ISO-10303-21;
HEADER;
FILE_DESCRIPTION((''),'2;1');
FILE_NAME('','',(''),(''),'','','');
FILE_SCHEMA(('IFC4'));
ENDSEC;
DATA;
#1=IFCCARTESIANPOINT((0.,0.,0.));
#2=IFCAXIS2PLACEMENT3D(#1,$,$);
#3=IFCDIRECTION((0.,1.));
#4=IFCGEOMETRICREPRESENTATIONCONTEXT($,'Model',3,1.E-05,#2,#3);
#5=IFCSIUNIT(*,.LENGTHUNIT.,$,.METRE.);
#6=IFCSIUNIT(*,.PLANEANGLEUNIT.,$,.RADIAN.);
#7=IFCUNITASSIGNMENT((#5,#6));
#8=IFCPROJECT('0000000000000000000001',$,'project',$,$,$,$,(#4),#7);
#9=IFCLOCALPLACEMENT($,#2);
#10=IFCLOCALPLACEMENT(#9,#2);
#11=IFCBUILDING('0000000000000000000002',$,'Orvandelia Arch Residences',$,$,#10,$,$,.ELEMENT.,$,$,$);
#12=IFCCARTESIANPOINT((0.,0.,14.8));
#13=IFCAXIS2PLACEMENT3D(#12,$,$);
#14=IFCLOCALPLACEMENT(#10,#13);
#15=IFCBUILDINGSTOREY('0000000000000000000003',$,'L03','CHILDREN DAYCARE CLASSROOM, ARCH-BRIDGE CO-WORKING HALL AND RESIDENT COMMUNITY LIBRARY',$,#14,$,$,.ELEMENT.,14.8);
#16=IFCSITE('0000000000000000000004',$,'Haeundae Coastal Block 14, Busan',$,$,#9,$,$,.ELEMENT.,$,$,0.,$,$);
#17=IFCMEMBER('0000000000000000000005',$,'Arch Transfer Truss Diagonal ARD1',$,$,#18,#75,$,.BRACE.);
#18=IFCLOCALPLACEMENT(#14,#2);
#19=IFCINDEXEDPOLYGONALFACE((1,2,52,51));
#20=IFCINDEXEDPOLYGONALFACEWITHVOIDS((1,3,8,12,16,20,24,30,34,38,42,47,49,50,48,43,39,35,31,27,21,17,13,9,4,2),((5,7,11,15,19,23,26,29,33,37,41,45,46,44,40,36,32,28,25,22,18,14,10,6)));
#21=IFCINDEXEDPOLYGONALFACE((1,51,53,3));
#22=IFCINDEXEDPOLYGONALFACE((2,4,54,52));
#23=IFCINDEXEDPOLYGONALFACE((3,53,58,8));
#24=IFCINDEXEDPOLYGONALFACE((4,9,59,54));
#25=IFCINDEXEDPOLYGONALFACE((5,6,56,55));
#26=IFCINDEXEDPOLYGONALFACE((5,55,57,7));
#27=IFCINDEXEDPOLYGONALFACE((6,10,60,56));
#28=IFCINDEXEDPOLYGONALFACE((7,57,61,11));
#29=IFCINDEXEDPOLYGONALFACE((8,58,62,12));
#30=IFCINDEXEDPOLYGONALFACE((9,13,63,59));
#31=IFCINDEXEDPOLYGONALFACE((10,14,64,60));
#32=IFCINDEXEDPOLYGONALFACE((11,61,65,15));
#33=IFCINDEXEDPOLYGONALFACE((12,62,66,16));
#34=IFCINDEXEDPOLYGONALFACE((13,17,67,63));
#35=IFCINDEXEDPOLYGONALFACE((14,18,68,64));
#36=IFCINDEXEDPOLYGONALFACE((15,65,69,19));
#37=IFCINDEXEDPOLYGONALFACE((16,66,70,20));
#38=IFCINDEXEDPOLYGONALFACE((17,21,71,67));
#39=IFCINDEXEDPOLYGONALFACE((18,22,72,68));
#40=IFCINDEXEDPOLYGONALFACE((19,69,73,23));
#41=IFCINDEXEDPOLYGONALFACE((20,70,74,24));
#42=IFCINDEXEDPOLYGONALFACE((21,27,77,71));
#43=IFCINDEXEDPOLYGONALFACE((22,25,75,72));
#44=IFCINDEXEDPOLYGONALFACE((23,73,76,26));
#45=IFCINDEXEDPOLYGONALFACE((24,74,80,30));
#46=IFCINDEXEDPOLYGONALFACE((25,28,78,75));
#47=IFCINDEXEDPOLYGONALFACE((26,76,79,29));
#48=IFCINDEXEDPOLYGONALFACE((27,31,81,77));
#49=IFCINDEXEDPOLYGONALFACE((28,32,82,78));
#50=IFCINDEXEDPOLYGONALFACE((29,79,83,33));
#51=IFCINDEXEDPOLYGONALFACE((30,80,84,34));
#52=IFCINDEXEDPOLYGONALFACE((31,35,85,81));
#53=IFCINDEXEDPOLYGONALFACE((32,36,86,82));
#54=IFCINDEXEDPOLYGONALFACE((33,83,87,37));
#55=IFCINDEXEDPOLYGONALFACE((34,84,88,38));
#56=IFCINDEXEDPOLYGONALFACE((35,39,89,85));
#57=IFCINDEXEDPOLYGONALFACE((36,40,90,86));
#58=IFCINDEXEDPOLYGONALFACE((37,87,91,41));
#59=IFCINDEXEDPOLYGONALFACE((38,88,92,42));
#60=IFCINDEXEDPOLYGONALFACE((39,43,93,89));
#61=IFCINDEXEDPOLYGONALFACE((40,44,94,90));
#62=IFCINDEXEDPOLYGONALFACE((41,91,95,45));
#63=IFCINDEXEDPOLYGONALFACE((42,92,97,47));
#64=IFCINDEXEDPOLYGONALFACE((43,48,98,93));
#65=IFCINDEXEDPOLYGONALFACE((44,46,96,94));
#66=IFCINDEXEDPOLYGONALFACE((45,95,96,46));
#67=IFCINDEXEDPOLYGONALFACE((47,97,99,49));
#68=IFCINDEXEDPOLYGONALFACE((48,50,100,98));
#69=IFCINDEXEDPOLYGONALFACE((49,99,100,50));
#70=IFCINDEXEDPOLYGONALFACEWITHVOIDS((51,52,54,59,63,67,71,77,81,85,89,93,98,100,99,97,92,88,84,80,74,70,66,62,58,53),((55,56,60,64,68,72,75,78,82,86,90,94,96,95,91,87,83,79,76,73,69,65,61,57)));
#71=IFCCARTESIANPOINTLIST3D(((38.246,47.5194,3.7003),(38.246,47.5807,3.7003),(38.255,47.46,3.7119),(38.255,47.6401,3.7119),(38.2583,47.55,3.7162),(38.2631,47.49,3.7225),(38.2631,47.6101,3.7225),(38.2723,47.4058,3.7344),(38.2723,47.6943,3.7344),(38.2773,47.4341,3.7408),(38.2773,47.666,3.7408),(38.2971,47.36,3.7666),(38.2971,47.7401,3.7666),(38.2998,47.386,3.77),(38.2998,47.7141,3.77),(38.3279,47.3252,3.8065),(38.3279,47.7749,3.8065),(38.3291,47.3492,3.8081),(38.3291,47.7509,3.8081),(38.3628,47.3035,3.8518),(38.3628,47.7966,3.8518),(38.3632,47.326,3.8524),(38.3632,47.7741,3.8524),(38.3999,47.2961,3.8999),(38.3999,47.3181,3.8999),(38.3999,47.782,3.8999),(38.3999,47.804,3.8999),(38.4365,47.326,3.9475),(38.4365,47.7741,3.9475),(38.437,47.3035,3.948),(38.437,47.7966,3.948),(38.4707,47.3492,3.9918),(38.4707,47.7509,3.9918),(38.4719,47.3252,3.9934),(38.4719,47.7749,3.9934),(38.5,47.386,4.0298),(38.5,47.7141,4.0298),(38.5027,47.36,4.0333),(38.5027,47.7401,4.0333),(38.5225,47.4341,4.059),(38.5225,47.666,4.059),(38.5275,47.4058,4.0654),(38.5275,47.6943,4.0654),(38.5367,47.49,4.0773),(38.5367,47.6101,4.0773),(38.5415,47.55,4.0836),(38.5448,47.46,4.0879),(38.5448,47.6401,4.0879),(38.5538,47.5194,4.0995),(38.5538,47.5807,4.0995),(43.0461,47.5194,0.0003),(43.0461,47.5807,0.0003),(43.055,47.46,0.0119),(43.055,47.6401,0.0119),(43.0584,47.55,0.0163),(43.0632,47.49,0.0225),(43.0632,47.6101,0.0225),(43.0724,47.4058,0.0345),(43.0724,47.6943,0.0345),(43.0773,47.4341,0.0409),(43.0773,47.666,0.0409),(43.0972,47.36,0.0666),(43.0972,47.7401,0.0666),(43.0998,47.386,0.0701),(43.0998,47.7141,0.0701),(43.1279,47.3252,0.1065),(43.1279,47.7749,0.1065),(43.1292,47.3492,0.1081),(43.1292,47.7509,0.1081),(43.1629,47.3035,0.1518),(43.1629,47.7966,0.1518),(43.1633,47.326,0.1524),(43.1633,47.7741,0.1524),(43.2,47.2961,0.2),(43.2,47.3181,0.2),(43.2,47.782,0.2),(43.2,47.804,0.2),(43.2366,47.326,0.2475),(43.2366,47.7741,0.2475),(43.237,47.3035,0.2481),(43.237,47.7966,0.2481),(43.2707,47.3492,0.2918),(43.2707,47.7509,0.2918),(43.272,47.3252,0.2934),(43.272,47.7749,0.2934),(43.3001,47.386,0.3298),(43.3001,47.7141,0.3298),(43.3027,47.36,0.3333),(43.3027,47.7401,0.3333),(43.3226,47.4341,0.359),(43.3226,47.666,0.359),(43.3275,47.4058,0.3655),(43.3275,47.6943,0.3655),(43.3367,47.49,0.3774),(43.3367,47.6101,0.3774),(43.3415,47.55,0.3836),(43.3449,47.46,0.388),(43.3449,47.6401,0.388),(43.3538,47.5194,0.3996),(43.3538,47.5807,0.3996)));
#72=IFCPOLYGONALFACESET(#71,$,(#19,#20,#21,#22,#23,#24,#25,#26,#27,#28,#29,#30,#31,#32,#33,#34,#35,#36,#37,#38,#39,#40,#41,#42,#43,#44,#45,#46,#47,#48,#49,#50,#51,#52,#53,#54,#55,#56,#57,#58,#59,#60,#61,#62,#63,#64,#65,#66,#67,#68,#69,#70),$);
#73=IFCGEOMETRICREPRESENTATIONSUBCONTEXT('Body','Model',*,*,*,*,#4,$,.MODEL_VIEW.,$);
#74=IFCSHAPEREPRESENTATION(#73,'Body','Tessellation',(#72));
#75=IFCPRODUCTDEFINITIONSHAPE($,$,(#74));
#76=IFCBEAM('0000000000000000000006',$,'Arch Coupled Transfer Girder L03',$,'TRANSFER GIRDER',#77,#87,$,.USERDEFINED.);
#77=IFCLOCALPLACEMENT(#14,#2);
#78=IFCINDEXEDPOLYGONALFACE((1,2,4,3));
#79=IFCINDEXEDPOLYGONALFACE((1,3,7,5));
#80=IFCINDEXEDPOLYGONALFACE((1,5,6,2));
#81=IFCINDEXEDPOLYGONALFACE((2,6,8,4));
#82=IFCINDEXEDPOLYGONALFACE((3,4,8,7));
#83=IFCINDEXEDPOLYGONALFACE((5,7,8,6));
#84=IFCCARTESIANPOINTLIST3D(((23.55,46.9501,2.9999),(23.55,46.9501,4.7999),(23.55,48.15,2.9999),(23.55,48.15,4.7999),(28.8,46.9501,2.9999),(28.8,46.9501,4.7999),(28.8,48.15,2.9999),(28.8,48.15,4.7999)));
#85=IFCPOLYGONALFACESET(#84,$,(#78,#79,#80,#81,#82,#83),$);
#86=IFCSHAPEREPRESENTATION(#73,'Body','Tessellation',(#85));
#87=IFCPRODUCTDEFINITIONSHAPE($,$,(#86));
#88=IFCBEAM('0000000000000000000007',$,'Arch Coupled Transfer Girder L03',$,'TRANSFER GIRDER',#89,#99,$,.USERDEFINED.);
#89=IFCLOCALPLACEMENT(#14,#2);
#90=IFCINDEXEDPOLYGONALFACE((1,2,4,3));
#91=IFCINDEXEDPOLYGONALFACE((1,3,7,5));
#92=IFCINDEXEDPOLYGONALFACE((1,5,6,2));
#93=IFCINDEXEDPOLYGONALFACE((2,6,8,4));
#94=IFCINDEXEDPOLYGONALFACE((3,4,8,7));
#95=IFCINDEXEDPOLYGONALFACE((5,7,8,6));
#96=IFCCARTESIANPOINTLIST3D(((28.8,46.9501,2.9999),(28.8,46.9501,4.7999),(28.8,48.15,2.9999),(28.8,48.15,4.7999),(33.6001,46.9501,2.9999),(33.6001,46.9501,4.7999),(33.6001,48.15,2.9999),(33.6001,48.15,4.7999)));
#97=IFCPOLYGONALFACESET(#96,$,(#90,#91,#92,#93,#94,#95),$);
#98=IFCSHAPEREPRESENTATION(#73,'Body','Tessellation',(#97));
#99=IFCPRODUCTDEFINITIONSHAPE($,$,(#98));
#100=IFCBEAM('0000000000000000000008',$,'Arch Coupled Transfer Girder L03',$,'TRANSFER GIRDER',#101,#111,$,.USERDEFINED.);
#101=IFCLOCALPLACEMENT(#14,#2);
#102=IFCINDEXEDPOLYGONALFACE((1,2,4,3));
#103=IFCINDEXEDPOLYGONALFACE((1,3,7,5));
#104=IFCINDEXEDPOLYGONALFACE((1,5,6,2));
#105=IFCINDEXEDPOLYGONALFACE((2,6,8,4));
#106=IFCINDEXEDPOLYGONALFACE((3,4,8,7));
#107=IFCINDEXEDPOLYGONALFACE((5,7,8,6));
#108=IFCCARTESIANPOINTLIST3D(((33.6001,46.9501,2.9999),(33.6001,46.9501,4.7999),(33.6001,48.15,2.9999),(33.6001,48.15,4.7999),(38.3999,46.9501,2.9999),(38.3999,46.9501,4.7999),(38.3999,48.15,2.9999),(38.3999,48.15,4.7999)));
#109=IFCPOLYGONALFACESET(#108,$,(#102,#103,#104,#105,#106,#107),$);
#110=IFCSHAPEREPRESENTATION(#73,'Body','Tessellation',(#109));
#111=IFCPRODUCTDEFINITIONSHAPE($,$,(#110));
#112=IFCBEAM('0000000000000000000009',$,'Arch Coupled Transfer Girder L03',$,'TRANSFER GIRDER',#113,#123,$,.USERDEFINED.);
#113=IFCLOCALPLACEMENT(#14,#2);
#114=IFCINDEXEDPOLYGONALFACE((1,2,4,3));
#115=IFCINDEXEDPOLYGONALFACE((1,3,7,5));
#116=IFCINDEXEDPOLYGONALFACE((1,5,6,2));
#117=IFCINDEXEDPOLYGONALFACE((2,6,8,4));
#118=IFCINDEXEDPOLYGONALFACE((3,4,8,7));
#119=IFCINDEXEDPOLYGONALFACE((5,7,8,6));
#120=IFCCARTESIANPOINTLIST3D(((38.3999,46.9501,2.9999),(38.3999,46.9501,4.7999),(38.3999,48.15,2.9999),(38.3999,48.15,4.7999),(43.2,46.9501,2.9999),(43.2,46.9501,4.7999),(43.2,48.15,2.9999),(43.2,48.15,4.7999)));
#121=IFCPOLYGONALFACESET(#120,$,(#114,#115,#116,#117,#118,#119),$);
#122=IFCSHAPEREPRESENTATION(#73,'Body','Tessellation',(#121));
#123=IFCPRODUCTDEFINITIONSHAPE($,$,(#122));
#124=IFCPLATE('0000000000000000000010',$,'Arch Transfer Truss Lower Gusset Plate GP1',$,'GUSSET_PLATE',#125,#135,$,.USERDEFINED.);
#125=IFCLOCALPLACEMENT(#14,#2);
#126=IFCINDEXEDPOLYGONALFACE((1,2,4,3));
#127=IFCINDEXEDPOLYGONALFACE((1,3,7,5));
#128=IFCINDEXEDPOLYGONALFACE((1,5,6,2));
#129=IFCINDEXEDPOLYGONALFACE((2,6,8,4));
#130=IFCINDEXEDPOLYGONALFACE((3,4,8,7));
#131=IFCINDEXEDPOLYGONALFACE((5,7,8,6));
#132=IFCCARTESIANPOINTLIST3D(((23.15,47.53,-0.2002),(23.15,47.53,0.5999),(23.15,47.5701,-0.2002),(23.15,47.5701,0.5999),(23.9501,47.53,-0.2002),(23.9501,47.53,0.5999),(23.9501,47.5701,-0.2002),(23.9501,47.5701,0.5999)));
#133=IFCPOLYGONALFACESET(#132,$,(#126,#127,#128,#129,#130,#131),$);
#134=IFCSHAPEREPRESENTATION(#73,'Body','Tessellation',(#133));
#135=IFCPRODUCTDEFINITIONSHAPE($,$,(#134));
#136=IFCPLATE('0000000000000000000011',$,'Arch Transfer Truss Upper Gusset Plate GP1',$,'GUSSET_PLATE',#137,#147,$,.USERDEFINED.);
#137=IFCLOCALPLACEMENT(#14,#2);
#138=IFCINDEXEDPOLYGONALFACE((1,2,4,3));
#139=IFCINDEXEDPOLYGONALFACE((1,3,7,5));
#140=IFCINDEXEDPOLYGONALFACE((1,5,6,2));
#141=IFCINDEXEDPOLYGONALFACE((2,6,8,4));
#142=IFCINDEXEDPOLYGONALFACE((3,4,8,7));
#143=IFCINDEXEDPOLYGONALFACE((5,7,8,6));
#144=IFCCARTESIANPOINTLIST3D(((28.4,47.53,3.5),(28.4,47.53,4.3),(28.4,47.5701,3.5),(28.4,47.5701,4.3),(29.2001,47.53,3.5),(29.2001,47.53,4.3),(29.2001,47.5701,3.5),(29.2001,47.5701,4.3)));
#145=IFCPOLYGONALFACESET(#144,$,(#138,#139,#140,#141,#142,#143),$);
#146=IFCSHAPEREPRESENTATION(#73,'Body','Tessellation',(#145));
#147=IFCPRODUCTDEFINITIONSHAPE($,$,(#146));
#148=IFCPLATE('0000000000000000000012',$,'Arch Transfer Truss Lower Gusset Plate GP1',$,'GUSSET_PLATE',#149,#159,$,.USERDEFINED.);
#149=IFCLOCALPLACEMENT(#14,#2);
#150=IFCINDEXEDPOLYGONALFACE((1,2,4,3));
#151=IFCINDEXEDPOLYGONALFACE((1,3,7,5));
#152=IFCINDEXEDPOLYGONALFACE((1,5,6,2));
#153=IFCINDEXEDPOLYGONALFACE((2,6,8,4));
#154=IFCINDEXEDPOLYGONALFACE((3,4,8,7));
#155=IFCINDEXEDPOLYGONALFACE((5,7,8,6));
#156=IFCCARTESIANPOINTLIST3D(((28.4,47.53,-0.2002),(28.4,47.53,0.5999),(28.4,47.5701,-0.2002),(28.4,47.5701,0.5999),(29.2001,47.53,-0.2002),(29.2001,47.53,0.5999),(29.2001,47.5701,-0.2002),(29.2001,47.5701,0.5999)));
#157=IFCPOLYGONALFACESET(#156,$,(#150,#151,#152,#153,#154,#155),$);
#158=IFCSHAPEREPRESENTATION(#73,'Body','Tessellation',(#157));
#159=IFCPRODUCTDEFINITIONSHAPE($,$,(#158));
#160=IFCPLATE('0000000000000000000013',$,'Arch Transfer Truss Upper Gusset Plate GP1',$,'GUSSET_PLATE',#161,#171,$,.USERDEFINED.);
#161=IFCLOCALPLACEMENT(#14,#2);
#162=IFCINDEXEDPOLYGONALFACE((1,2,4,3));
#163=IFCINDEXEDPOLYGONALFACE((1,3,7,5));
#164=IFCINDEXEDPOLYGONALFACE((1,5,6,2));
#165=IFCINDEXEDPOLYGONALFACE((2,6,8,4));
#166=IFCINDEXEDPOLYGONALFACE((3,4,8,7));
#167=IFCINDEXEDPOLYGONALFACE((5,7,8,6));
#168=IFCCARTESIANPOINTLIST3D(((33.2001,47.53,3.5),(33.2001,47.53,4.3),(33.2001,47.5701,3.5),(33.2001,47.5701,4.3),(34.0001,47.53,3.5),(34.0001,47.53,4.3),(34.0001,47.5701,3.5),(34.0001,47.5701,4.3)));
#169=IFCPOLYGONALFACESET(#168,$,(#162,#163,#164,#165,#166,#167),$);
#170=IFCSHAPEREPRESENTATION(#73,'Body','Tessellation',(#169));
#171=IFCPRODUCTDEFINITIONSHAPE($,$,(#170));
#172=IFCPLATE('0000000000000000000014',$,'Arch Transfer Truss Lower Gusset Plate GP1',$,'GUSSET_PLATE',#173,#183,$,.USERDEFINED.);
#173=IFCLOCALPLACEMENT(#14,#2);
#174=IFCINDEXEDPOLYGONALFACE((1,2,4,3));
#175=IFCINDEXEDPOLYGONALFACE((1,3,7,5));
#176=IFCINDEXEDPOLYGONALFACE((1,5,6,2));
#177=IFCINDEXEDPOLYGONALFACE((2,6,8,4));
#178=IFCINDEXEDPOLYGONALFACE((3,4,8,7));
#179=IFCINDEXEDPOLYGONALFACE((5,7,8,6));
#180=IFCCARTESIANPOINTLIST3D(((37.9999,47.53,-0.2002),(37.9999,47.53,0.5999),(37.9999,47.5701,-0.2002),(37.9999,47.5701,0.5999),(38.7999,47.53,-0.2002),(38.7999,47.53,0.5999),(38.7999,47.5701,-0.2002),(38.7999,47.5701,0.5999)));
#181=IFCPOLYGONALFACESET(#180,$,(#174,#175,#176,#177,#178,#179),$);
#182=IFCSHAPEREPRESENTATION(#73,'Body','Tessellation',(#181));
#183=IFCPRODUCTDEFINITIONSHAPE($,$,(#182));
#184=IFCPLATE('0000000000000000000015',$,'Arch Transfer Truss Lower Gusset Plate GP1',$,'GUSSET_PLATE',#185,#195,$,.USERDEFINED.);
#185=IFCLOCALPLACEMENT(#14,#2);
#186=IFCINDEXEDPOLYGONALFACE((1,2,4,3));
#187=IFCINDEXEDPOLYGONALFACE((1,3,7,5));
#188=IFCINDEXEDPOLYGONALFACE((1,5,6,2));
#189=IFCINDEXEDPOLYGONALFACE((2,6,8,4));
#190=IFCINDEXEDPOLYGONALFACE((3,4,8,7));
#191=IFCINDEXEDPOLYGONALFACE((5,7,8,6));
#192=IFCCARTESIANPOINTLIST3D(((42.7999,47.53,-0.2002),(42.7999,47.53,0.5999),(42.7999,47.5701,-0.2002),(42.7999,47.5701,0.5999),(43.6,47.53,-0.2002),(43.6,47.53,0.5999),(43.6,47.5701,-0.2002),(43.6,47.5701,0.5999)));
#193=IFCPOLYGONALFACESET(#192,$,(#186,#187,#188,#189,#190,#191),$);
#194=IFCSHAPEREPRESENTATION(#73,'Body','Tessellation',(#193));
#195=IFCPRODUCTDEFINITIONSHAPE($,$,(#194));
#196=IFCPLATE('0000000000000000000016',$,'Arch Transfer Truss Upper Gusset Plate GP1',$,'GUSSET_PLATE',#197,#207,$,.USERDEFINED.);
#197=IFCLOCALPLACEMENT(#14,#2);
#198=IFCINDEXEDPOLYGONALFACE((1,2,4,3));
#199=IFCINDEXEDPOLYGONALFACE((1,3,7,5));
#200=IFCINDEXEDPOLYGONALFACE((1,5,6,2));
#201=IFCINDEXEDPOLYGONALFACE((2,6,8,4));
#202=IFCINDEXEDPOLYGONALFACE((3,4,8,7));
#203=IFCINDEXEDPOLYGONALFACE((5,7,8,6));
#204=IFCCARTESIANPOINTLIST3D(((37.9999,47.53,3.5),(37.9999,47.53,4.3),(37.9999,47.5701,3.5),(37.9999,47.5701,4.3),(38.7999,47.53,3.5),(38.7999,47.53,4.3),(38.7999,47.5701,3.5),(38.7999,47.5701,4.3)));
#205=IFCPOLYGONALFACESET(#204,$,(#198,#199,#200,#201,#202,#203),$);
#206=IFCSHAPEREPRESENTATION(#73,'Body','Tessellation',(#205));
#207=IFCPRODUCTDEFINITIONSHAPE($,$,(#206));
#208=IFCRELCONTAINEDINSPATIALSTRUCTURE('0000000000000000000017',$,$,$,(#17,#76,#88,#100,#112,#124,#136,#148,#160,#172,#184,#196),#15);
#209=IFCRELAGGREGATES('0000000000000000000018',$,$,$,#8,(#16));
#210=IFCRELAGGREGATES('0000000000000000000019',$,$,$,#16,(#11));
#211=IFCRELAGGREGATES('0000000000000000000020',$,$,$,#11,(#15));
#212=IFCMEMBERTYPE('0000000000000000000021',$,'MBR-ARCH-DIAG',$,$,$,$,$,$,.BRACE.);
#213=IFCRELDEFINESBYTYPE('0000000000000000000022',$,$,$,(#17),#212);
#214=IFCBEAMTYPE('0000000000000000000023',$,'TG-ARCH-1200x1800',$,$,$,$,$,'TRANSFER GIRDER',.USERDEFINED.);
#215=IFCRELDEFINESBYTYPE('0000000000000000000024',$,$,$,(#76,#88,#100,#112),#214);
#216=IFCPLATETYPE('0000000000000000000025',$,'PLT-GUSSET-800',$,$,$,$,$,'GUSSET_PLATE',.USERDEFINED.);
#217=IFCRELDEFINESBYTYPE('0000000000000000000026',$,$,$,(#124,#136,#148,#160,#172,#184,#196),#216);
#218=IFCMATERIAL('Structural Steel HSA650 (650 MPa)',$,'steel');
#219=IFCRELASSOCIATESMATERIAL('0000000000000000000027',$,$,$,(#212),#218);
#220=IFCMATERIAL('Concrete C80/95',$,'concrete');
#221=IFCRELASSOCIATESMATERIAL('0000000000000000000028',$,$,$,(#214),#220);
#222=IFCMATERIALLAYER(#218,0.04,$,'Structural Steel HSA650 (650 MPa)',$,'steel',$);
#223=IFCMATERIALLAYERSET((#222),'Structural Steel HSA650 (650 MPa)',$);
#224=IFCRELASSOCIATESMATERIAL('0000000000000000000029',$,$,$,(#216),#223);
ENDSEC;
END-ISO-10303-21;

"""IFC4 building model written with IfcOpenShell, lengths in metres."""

from ifc_helpers import new_model, si_unit, direction, frame, origin, origin_2d, place, context, subcontext, project, spatial, rectangle, hollow_circle, extrude, material, layer, layer_set, material_profile, profile_set, type_object, element, save


model = new_model("IFC4")

# Units and contexts
model_context = context("Model", 3, precision=1e-05, world=origin(), true_north=direction((0.0, 1.0)))
body_context = subcontext(model_context, "Body", "Model", "MODEL_VIEW")
ifc_project = project(units=[si_unit("LENGTHUNIT", "METRE"), si_unit("PLANEANGLEUNIT", "RADIAN")], contexts=[model_context])

# Site, building, storey
site_placement = place(None, origin())
site = spatial("IfcSite", under=ifc_project, at=site_placement, Name="Haeundae Coastal Block 14, Busan", CompositionType="ELEMENT", RefElevation=0.0)
building_placement = place(site_placement, origin())
building = spatial("IfcBuilding", under=site, at=building_placement, Name="Orvandelia Arch Residences", CompositionType="ELEMENT")
storey_placement = place(building_placement, frame((0.0, 0.0, 14.8)))
storey = spatial("IfcBuildingStorey", under=building, at=storey_placement, Name="L03", Description="CHILDREN DAYCARE CLASSROOM, ARCH-BRIDGE CO-WORKING HALL AND RESIDENT COMMUNITY LIBRARY", CompositionType="ELEMENT", Elevation=14.8)

# Shared definitions
ifc_material_1 = material(Name="Concrete C80/95", Category="concrete")
ifc_material_2 = material(Name="Structural Steel HSA650 (650 MPa)", Category="steel")

# Member
ifc_material_profile_1 = material_profile(ifc_material_2, hollow_circle(Radius=0.2539, WallThickness=0.022, at=origin_2d()), Name="Structural Steel HSA650 (650 MPa)", Category="steel")
ifc_profile_set_1 = profile_set([ifc_material_profile_1], Name="Structural Steel HSA650 (650 MPa)")
member_type = type_object("IfcMemberType", Name="MBR-ARCH-DIAG", PredefinedType="BRACE", material=ifc_profile_set_1)
member_1_placement = place(storey_placement, frame((43.2, 47.55, 0.2), z_axis=(-0.792017, 0.0, 0.610499), x_axis=(0.0, -1.0, 0.0)))
element("IfcMember", 1, at=member_1_placement, inside=storey, type_object=member_type, Name="Arch Transfer Truss Diagonal ARD1", PredefinedType="BRACE", context=body_context, shape_type="SweptSolid", body=[
    extrude(hollow_circle(Radius=0.2539, WallThickness=0.022, at=origin_2d()), origin(), (0.0, 0.0, 1.0), 6.0605),
])

# Beams
ifc_material_profile_2 = material_profile(ifc_material_1, rectangle(XDim=1.2, YDim=1.8, at=origin_2d()), Name="Concrete C80/95", Category="concrete")
ifc_profile_set_2 = profile_set([ifc_material_profile_2], Name="Concrete C80/95")
beam_type_1 = type_object("IfcBeamType", Name="TG-ARCH-1200x1800", ElementType="TRANSFER GIRDER", PredefinedType="USERDEFINED", material=ifc_profile_set_2)
beam_1_placement = place(storey_placement, frame((23.55, 47.55, 3.8999), z_axis=(1.0, 0.0, 0.0), x_axis=(0.0, 1.0, 0.0)))
element("IfcBeam", 2, at=beam_1_placement, inside=storey, type_object=beam_type_1, Name="Arch Coupled Transfer Girder L03", ObjectType="TRANSFER GIRDER", PredefinedType="USERDEFINED", context=body_context, shape_type="SweptSolid", body=[
    extrude(rectangle(XDim=1.2, YDim=1.8, at=origin_2d()), origin(), (0.0, 0.0, 1.0), 5.25),
])
beam_2_placement = place(storey_placement, frame((28.8, 47.55, 3.8999), z_axis=(1.0, 0.0, 0.0), x_axis=(0.0, 1.0, 0.0)))
element("IfcBeam", 3, at=beam_2_placement, inside=storey, type_object=beam_type_1, Name="Arch Coupled Transfer Girder L03", ObjectType="TRANSFER GIRDER", PredefinedType="USERDEFINED", context=body_context, shape_type="SweptSolid", body=[
    extrude(rectangle(XDim=1.2, YDim=1.8, at=origin_2d()), origin(), (0.0, 0.0, 1.0), 4.8),
])
beam_3_placement = place(storey_placement, frame((33.6001, 47.55, 3.8999), z_axis=(1.0, 0.0, 0.0), x_axis=(0.0, 1.0, 0.0)))
element("IfcBeam", 4, at=beam_3_placement, inside=storey, type_object=beam_type_1, Name="Arch Coupled Transfer Girder L03", ObjectType="TRANSFER GIRDER", PredefinedType="USERDEFINED", context=body_context, shape_type="SweptSolid", body=[
    extrude(rectangle(XDim=1.2, YDim=1.8, at=origin_2d()), origin(), (0.0, 0.0, 1.0), 4.7998),
])
beam_4_placement = place(storey_placement, frame((38.3999, 47.55, 3.8999), z_axis=(1.0, 0.0, 0.0), x_axis=(0.0, 1.0, 0.0)))
element("IfcBeam", 5, at=beam_4_placement, inside=storey, type_object=beam_type_1, Name="Arch Coupled Transfer Girder L03", ObjectType="TRANSFER GIRDER", PredefinedType="USERDEFINED", context=body_context, shape_type="SweptSolid", body=[
    extrude(rectangle(XDim=1.2, YDim=1.8, at=origin_2d()), origin(), (0.0, 0.0, 1.0), 4.8),
])

# Plates
ifc_layer_1 = layer(ifc_material_2, 0.04, Name="Structural Steel HSA650 (650 MPa)", Category="steel")
ifc_layer_set_1 = layer_set([ifc_layer_1], Name="Structural Steel HSA650 (650 MPa)")
plate_type = type_object("IfcPlateType", Name="PLT-GUSSET-800", ElementType="GUSSET_PLATE", PredefinedType="USERDEFINED", material=ifc_layer_set_1)
for number, where, z_axis, x_axis, name in (
    (6, (23.55, 47.55, -0.2002), (0.0, 0.0, 1.0), (1.0, 0.0, 0.0), "Arch Transfer Truss Lower Gusset Plate GP1"),
    (7, (28.8, 47.55, 3.5), (0.0, 0.0, 1.0), (1.0, 0.0, 0.0), "Arch Transfer Truss Upper Gusset Plate GP1"),
    (8, (28.8, 47.55, -0.2002), (0.0, 0.0, 1.0), (1.0, 0.0, 0.0), "Arch Transfer Truss Lower Gusset Plate GP1"),
    (9, (33.6001, 47.55, 3.5), (0.0, 0.0, 1.0), (1.0, 0.0, 0.0), "Arch Transfer Truss Upper Gusset Plate GP1"),
    (10, (38.3999, 47.55, -0.2002), (0.0, 0.0, 1.0), (1.0, 0.0, 0.0), "Arch Transfer Truss Lower Gusset Plate GP1"),
    (11, (43.2, 47.55, -0.2002), (0.0, 0.0, 1.0), (1.0, 0.0, 0.0), "Arch Transfer Truss Lower Gusset Plate GP1"),
    (12, (38.3999, 47.55, 3.5), (0.0, 0.0, 1.0), (1.0, 0.0, 0.0), "Arch Transfer Truss Upper Gusset Plate GP1"),
):
    element("IfcPlate", number, at=place(storey_placement, frame(where, z_axis=z_axis, x_axis=x_axis)), inside=storey, type_object=plate_type, Name=name, ObjectType="GUSSET_PLATE", PredefinedType="USERDEFINED", context=body_context, shape_type="SweptSolid", body=[
        extrude(rectangle(XDim=0.8, YDim=0.04, at=origin_2d()), origin(), (0.0, 0.0, 1.0), 0.8),
    ])

save(model, "model.ifc")
